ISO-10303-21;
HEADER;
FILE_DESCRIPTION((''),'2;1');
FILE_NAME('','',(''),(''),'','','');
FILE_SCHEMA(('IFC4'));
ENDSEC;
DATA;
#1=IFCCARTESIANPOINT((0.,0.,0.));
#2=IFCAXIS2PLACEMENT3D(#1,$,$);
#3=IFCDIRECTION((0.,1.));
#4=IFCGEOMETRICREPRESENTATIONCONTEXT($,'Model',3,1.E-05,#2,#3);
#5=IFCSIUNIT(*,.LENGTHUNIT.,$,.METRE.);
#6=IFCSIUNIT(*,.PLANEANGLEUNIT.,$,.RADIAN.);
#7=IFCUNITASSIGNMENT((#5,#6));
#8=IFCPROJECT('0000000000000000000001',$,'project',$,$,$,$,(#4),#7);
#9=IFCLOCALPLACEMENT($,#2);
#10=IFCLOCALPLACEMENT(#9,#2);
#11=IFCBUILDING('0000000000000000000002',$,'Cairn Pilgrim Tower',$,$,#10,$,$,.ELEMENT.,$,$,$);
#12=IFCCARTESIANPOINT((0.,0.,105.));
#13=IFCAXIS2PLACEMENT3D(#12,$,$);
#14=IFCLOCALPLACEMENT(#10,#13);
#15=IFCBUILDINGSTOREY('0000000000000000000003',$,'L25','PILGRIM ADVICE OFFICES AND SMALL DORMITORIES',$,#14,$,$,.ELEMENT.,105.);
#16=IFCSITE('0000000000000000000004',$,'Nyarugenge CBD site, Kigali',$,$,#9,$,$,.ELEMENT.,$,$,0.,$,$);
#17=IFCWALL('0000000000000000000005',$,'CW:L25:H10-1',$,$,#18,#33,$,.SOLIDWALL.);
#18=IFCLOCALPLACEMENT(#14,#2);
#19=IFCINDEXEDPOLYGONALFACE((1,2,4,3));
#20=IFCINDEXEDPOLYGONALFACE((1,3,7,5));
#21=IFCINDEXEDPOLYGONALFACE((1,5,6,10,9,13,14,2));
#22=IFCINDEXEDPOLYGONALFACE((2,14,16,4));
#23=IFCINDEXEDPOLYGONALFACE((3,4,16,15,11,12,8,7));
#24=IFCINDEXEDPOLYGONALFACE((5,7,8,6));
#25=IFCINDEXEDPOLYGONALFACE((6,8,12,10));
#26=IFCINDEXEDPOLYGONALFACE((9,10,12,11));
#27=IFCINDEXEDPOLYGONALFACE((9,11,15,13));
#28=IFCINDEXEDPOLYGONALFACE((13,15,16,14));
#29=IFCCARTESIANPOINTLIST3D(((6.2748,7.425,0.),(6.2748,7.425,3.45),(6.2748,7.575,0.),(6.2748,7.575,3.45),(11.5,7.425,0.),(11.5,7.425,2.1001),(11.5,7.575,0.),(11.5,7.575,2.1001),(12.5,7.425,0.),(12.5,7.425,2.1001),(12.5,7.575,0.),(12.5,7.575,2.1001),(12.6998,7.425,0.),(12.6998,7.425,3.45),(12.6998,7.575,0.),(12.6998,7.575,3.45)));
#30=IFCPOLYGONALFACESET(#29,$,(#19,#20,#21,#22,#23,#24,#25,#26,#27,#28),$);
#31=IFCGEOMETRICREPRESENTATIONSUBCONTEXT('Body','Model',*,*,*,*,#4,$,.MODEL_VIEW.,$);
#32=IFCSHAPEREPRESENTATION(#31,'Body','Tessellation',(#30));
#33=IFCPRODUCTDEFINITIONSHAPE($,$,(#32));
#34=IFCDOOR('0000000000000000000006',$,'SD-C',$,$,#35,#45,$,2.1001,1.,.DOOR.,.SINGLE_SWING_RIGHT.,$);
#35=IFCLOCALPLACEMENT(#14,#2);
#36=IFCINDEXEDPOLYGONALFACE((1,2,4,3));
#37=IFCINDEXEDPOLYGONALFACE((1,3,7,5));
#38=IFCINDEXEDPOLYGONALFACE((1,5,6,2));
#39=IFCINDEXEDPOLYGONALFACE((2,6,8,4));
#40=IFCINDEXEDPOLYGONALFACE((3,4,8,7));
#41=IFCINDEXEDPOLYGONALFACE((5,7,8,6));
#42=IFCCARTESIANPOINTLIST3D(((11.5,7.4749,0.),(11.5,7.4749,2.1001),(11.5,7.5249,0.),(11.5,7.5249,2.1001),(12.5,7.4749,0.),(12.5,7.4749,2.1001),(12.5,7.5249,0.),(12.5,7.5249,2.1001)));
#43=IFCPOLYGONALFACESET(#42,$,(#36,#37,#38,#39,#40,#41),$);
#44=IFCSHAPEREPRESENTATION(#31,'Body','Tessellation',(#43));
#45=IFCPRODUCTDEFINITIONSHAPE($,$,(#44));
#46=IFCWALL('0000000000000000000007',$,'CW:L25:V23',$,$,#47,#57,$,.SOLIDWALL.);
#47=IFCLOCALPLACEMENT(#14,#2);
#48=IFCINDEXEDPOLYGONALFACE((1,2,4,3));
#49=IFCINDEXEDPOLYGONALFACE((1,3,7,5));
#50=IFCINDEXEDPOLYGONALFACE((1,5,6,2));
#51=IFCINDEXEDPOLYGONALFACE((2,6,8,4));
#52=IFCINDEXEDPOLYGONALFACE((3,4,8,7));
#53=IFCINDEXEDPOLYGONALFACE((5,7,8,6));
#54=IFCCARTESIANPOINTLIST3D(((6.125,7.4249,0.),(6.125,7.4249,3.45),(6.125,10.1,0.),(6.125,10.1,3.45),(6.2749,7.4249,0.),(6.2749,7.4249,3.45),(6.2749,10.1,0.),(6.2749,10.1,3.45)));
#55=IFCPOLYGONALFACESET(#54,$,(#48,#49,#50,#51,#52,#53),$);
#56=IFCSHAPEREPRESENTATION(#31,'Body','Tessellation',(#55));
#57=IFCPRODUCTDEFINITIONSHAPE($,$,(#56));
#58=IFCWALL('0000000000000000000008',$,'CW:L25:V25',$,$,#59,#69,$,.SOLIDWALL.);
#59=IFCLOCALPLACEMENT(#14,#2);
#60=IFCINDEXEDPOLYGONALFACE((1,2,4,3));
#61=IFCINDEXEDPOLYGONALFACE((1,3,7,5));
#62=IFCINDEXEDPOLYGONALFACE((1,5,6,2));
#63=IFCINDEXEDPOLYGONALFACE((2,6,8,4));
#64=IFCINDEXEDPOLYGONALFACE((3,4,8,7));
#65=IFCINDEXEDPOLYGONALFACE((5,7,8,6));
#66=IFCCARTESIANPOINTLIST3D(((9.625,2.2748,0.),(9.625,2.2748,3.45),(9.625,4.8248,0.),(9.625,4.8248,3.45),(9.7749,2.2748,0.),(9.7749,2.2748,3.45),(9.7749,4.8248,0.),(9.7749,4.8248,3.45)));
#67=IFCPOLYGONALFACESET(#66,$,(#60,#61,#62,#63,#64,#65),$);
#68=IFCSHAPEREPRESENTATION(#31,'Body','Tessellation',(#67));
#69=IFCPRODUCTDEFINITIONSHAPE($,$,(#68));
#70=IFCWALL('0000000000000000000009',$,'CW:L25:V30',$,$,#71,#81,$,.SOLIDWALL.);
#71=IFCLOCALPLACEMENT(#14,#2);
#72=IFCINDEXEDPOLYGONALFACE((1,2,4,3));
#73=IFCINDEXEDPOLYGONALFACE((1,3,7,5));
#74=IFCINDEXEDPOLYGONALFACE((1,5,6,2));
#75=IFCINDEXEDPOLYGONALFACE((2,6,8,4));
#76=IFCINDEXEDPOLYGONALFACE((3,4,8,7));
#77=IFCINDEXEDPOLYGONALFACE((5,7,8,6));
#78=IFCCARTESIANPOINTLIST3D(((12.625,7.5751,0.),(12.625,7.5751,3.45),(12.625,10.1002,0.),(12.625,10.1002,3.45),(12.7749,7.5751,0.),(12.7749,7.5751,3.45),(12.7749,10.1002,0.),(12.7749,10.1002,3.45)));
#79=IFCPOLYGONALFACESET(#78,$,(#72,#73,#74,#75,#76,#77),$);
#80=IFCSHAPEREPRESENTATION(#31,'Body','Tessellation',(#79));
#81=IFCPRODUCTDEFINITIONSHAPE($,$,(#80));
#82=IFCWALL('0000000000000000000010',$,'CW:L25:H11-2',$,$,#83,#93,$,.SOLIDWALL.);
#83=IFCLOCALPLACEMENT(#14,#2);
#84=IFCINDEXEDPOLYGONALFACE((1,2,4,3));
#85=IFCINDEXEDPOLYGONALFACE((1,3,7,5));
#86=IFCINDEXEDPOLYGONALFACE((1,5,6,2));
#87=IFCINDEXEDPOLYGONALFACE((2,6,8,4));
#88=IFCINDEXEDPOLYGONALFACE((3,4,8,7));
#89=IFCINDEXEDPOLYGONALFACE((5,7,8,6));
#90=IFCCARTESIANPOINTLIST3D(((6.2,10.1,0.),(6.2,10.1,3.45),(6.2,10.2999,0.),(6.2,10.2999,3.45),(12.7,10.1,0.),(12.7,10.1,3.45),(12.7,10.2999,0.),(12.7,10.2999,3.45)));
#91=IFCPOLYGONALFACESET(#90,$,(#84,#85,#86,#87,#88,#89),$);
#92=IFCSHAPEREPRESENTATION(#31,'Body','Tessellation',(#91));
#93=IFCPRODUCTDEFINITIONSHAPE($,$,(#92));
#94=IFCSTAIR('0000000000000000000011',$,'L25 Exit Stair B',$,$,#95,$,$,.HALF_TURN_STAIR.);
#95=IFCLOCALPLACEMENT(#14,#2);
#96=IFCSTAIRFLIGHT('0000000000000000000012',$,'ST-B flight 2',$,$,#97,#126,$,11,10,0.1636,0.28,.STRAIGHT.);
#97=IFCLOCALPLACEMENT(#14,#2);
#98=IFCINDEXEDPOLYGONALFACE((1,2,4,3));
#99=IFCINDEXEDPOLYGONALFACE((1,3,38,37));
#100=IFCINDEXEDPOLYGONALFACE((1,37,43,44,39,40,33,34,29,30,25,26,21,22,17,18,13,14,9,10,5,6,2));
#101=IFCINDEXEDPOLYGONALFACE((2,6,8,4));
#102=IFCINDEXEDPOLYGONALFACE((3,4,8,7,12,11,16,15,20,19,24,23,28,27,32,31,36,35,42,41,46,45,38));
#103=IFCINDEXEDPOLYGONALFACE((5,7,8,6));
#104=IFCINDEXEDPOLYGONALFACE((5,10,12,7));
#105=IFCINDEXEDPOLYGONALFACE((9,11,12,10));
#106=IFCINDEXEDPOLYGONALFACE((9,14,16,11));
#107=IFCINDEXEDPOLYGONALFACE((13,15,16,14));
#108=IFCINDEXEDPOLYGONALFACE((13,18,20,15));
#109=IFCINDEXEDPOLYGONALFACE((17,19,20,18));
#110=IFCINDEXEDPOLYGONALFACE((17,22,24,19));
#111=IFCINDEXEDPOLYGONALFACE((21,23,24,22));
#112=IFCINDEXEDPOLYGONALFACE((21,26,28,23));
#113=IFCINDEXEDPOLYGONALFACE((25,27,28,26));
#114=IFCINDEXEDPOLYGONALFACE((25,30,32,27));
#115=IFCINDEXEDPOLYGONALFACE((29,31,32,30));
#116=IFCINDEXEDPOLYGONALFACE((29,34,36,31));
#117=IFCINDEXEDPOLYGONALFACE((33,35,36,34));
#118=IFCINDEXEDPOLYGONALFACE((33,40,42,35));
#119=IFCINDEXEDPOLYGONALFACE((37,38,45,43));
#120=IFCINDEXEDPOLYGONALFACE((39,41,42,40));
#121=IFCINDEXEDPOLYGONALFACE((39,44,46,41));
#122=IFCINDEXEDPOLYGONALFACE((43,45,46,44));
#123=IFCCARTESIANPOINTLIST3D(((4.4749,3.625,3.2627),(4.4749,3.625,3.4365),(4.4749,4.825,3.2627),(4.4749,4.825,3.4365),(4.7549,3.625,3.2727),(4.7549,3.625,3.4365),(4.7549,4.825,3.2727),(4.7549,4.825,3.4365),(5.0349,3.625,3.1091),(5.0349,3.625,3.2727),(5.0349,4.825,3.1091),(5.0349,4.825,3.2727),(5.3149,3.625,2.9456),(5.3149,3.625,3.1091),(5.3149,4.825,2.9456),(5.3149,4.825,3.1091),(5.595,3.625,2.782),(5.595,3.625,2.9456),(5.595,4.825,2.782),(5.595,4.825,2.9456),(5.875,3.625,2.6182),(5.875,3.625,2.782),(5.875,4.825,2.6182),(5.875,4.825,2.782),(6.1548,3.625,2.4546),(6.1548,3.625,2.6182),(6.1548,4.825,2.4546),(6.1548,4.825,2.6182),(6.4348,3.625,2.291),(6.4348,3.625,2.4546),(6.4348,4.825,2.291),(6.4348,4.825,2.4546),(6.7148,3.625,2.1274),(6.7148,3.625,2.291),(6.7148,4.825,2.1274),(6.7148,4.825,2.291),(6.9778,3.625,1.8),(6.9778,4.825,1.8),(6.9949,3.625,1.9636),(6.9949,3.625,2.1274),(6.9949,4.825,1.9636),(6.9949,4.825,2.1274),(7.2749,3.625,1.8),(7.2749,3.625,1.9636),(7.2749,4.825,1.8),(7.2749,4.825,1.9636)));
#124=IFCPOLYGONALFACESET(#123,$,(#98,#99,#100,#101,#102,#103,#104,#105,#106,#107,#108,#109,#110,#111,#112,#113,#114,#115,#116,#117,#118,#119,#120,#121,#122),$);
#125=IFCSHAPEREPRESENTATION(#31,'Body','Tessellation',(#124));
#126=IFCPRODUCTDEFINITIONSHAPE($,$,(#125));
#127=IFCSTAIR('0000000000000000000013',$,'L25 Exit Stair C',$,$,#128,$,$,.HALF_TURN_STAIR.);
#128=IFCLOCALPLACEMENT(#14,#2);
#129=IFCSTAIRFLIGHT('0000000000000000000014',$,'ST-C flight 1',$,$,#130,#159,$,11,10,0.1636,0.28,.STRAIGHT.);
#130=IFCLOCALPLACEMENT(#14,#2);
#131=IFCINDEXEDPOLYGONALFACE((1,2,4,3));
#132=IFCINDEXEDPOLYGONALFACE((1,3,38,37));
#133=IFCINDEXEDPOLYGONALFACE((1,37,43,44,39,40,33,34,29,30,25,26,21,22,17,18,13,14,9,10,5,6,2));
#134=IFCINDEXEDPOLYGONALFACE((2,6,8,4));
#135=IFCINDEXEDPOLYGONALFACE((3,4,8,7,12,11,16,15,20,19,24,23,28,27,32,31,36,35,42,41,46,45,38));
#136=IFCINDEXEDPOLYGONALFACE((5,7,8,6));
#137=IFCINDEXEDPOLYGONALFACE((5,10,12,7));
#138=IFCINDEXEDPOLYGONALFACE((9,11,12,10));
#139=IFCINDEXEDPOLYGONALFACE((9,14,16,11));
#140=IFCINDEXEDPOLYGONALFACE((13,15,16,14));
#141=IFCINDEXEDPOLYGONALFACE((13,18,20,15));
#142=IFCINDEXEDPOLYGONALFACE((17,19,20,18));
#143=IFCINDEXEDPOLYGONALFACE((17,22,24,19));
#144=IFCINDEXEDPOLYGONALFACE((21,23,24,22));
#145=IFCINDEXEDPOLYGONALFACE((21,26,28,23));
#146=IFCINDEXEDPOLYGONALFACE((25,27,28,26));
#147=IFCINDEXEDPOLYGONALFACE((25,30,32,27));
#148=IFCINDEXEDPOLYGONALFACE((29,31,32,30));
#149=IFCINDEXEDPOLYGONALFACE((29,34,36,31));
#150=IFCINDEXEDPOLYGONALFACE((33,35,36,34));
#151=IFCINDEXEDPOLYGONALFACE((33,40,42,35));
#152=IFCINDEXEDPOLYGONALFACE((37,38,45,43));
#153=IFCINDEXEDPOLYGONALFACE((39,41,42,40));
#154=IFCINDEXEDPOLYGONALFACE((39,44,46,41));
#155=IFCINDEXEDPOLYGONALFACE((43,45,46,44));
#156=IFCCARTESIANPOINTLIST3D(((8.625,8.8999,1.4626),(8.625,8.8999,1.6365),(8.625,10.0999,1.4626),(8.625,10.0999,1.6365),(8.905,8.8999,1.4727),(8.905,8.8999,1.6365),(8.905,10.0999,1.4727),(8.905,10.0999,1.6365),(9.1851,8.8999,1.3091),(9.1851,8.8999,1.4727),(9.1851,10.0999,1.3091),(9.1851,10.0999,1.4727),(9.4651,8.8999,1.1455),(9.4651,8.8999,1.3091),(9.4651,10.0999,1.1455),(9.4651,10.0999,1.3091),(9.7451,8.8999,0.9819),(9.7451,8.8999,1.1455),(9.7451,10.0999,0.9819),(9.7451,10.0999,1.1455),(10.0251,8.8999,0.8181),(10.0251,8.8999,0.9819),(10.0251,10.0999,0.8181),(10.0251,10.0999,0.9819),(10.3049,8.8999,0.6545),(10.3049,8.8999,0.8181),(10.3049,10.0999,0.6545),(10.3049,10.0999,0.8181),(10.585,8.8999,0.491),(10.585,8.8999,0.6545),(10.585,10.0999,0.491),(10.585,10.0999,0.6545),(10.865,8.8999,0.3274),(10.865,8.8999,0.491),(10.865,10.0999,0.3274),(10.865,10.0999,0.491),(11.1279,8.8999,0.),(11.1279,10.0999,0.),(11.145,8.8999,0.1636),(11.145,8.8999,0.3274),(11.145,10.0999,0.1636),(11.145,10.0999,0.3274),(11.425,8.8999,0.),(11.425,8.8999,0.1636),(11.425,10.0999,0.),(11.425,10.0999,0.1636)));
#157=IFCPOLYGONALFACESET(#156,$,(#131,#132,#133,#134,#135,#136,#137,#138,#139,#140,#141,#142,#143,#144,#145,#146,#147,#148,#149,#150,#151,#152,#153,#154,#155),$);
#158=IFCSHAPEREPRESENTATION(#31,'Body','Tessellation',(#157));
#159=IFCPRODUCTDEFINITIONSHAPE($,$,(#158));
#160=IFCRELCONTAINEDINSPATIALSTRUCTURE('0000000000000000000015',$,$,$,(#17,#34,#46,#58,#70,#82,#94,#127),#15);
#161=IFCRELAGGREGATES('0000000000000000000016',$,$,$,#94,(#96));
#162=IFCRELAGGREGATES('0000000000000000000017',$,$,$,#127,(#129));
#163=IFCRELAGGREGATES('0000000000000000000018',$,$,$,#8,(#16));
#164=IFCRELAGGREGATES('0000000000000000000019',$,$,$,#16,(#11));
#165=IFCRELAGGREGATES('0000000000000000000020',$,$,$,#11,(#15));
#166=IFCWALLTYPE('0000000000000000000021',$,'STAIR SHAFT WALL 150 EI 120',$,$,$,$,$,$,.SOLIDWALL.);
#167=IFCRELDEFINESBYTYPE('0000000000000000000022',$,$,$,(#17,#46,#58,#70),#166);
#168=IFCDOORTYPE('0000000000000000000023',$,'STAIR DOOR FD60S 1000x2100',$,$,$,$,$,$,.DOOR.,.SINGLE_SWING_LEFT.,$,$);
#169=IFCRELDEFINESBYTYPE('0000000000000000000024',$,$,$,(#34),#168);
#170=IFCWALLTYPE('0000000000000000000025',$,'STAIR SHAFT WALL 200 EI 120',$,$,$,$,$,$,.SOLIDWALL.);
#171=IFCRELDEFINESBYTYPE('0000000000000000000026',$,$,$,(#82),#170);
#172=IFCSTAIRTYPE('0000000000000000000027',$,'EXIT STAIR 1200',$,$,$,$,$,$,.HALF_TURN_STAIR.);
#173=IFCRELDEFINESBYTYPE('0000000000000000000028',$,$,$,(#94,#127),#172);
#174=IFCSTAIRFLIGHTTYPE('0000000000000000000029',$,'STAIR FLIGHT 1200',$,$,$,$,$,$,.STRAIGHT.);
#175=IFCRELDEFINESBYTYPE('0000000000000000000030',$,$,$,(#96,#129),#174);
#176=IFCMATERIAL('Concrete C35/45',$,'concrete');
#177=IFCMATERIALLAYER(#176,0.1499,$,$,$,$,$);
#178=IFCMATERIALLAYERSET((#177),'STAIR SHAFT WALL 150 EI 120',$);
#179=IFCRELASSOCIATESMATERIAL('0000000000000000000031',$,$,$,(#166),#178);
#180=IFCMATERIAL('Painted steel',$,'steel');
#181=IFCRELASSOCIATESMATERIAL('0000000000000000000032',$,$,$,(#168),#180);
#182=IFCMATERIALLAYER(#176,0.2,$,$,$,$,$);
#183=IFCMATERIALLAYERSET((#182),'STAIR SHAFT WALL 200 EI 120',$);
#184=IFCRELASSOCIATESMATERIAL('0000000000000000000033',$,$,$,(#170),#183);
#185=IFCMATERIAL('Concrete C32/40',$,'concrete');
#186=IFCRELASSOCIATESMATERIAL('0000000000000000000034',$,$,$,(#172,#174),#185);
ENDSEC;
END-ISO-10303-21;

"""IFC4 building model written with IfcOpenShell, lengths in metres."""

from ifc_helpers import new_model, si_unit, direction, frame, frame_2d, origin, place, context, subcontext, project, spatial, polyline, rectangle, outline, extrude, material, layer, layer_set, type_object, element, fill, aggregate, save


model = new_model("IFC4")

# Units and contexts
model_context = context("Model", 3, precision=1e-05, world=origin(), true_north=direction((0.0, 1.0)))
body_context = subcontext(model_context, "Body", "Model", "MODEL_VIEW")
ifc_project = project(units=[si_unit("LENGTHUNIT", "METRE"), si_unit("PLANEANGLEUNIT", "RADIAN")], contexts=[model_context])

# Site, building, storey
site_placement = place(None, origin())
site = spatial("IfcSite", under=ifc_project, at=site_placement, Name="Nyarugenge CBD site, Kigali", CompositionType="ELEMENT", RefElevation=0.0)
building_placement = place(site_placement, origin())
building = spatial("IfcBuilding", under=site, at=building_placement, Name="Cairn Pilgrim Tower", CompositionType="ELEMENT")
storey_placement = place(building_placement, frame((0.0, 0.0, 105.0)))
storey = spatial("IfcBuildingStorey", under=building, at=storey_placement, Name="L25", Description="PILGRIM ADVICE OFFICES AND SMALL DORMITORIES", CompositionType="ELEMENT", Elevation=105.0)

# Shared definitions
ifc_material_1 = material(Name="Concrete C32/40", Category="concrete")

# Shared definitions
ifc_material_2 = material(Name="Painted steel", Category="steel")

# Wall, opening, door
ifc_material_3 = material(Name="Concrete C35/45", Category="concrete")
ifc_layer_1 = layer(ifc_material_3, 0.1499)
ifc_layer_set_1 = layer_set([ifc_layer_1], Name="STAIR SHAFT WALL 150 EI 120")
wall_type_1 = type_object("IfcWallType", Name="STAIR SHAFT WALL 150 EI 120", PredefinedType="SOLIDWALL", material=ifc_layer_set_1)
wall_1_placement = place(storey_placement, frame((6.2749, 7.5, 0.0), z_axis=(0.0, 0.0, 1.0), x_axis=(1.0, 0.0, 0.0)))
wall_1 = element("IfcWall", 1, at=wall_1_placement, inside=storey, type_object=wall_type_1, Name="CW:L25:H10-1", PredefinedType="SOLIDWALL", context=body_context, shape_type="SweptSolid", body=[
    extrude(rectangle(XDim=6.425, YDim=0.1499, at=frame_2d((3.2124, 0.0))), origin(), (0.0, 0.0, 1.0), 3.45),
])
opening_1_placement = place(wall_1_placement, frame((5.2251, 0.0, 0.0)))
opening_1 = element("IfcOpeningElement", 2, at=opening_1_placement, cuts=wall_1, PredefinedType="OPENING", context=body_context, shape_type="SweptSolid", body=[
    extrude(rectangle(XDim=1.0, YDim=2.1001, at=frame_2d((0.5, 1.05))), frame((0.0, 0.085, 0.0), z_axis=(0.0, -1.0, 0.0), x_axis=(1.0, 0.0, 0.0)), (0.0, 0.0, 1.0), 0.1699),
])
door_type_1 = type_object("IfcDoorType", Name="STAIR DOOR FD60S 1000x2100", OperationType="SINGLE_SWING_LEFT", PredefinedType="DOOR", material=ifc_material_2)
door_1_placement = place(opening_1_placement, origin())
door_1 = element("IfcDoor", 3, at=door_1_placement, inside=storey, type_object=door_type_1, Name="SD-C", OperationType="SINGLE_SWING_RIGHT", OverallHeight=2.1001, OverallWidth=1.0, PredefinedType="DOOR", context=body_context, shape_type="SweptSolid", body=[
    extrude(rectangle(XDim=1.0, YDim=2.1001, at=frame_2d((0.5, 1.05))), frame((0.0, 0.0249, 0.0), z_axis=(0.0, -1.0, 0.0), x_axis=(1.0, 0.0, 0.0)), (0.0, 0.0, 1.0), 0.05),
])
fill(opening_1, door_1)

# Walls
wall_2_placement = place(storey_placement, frame((6.2, 7.425, 0.0), z_axis=(0.0, 0.0, 1.0), x_axis=(0.0, 1.0, 0.0)))
element("IfcWall", 4, at=wall_2_placement, inside=storey, type_object=wall_type_1, Name="CW:L25:V23", PredefinedType="SOLIDWALL", context=body_context, shape_type="SweptSolid", body=[
    extrude(rectangle(XDim=2.675, YDim=0.1499, at=frame_2d((1.3374, 0.0))), origin(), (0.0, 0.0, 1.0), 3.45),
])
wall_3_placement = place(storey_placement, frame((9.7, 2.2749, 0.0), z_axis=(0.0, 0.0, 1.0), x_axis=(0.0, 1.0, 0.0)))
element("IfcWall", 5, at=wall_3_placement, inside=storey, type_object=wall_type_1, Name="CW:L25:V25", PredefinedType="SOLIDWALL", context=body_context, shape_type="SweptSolid", body=[
    extrude(rectangle(XDim=2.55, YDim=0.1499, at=frame_2d((1.2749, 0.0))), origin(), (0.0, 0.0, 1.0), 3.45),
])
wall_4_placement = place(storey_placement, frame((12.7, 7.575, 0.0), z_axis=(0.0, 0.0, 1.0), x_axis=(0.0, 1.0, 0.0)))
element("IfcWall", 6, at=wall_4_placement, inside=storey, type_object=wall_type_1, Name="CW:L25:V30", PredefinedType="SOLIDWALL", context=body_context, shape_type="SweptSolid", body=[
    extrude(rectangle(XDim=2.5251, YDim=0.1499, at=frame_2d((1.2627, 0.0))), origin(), (0.0, 0.0, 1.0), 3.45),
])
ifc_layer_2 = layer(ifc_material_3, 0.2)
ifc_layer_set_2 = layer_set([ifc_layer_2], Name="STAIR SHAFT WALL 200 EI 120")
wall_type_2 = type_object("IfcWallType", Name="STAIR SHAFT WALL 200 EI 120", PredefinedType="SOLIDWALL", material=ifc_layer_set_2)
wall_5_placement = place(storey_placement, frame((6.2, 10.2, 0.0), z_axis=(0.0, 0.0, 1.0), x_axis=(1.0, 0.0, 0.0)))
element("IfcWall", 7, at=wall_5_placement, inside=storey, type_object=wall_type_2, Name="CW:L25:H11-2", PredefinedType="SOLIDWALL", context=body_context, shape_type="SweptSolid", body=[
    extrude(rectangle(XDim=6.5, YDim=0.2, at=frame_2d((3.25, 0.0))), origin(), (0.0, 0.0, 1.0), 3.45),
])

# Stair, stair flight
stair_type = type_object("IfcStairType", Name="EXIT STAIR 1200", PredefinedType="HALF_TURN_STAIR", material=ifc_material_1)
stair_1_placement = place(storey_placement, origin())
stair_1 = element("IfcStair", 8, at=stair_1_placement, inside=storey, type_object=stair_type, Name="L25 Exit Stair B", PredefinedType="HALF_TURN_STAIR")
stair_flight_type = type_object("IfcStairFlightType", Name="STAIR FLIGHT 1200", PredefinedType="STRAIGHT", material=ifc_material_1)
stair_flight_1_placement = place(storey_placement, frame((7.2749, 4.2251, 1.8), z_axis=(0.0, 0.0, 1.0), x_axis=(-1.0, 0.0, 0.0)))
stair_flight_1 = element("IfcStairFlight", 9, at=stair_flight_1_placement, type_object=stair_flight_type, Name="ST-B flight 2", NumberOfRisers=11, NumberOfTreads=10, PredefinedType="STRAIGHT", RiserHeight=0.1636, TreadLength=0.28, context=body_context, shape_type="SweptSolid", body=[
    extrude(outline(polyline([(0.0, 0.0), (0.0, 0.1636), (0.28, 0.1636), (0.28, 0.3274), (0.5601, 0.3274), (0.5601, 0.491), (0.8401, 0.491), (0.8401, 0.6545), (1.1201, 0.6545), (1.1201, 0.8181), (1.3999, 0.8181), (1.3999, 0.9819), (1.6799, 0.9819), (1.6799, 1.1455), (1.96, 1.1455), (1.96, 1.3091), (2.24, 1.3091), (2.24, 1.4727), (2.52, 1.4727), (2.52, 1.6365), (2.8, 1.6365), (2.8, 1.8), (2.8, 1.4626), (0.2971, 0.0), (0.0, 0.0)])), frame((0.0, 0.6001, 0.0), z_axis=(0.0, -1.0, 0.0), x_axis=(1.0, 0.0, 0.0)), (0.0, 0.0, 1.0), 1.2),
])
aggregate(stair_1, [stair_flight_1])

# Stair, stair flight
stair_2_placement = place(storey_placement, origin())
stair_2 = element("IfcStair", 10, at=stair_2_placement, inside=storey, type_object=stair_type, Name="L25 Exit Stair C", PredefinedType="HALF_TURN_STAIR")
stair_flight_2_placement = place(storey_placement, frame((11.425, 9.5, 0.0), z_axis=(0.0, 0.0, 1.0), x_axis=(-1.0, 0.0, 0.0)))
stair_flight_2 = element("IfcStairFlight", 11, at=stair_flight_2_placement, type_object=stair_flight_type, Name="ST-C flight 1", NumberOfRisers=11, NumberOfTreads=10, PredefinedType="STRAIGHT", RiserHeight=0.1636, TreadLength=0.28, context=body_context, shape_type="SweptSolid", body=[
    extrude(outline(polyline([(0.0, 0.0), (0.0, 0.1636), (0.28, 0.1636), (0.28, 0.3274), (0.5601, 0.3274), (0.5601, 0.491), (0.8401, 0.491), (0.8401, 0.6545), (1.1201, 0.6545), (1.1201, 0.8181), (1.3999, 0.8181), (1.3999, 0.9819), (1.6799, 0.9819), (1.6799, 1.1455), (1.96, 1.1455), (1.96, 1.3091), (2.24, 1.3091), (2.24, 1.4727), (2.52, 1.4727), (2.52, 1.6365), (2.8, 1.6365), (2.8, 1.8), (2.8, 1.4626), (0.2971, 0.0), (0.0, 0.0)])), frame((0.0, 0.6001, 0.0), z_axis=(0.0, -1.0, 0.0), x_axis=(1.0, 0.0, 0.0)), (0.0, 0.0, 1.0), 1.2),
])
aggregate(stair_2, [stair_flight_2])

save(model, "model.ifc")
